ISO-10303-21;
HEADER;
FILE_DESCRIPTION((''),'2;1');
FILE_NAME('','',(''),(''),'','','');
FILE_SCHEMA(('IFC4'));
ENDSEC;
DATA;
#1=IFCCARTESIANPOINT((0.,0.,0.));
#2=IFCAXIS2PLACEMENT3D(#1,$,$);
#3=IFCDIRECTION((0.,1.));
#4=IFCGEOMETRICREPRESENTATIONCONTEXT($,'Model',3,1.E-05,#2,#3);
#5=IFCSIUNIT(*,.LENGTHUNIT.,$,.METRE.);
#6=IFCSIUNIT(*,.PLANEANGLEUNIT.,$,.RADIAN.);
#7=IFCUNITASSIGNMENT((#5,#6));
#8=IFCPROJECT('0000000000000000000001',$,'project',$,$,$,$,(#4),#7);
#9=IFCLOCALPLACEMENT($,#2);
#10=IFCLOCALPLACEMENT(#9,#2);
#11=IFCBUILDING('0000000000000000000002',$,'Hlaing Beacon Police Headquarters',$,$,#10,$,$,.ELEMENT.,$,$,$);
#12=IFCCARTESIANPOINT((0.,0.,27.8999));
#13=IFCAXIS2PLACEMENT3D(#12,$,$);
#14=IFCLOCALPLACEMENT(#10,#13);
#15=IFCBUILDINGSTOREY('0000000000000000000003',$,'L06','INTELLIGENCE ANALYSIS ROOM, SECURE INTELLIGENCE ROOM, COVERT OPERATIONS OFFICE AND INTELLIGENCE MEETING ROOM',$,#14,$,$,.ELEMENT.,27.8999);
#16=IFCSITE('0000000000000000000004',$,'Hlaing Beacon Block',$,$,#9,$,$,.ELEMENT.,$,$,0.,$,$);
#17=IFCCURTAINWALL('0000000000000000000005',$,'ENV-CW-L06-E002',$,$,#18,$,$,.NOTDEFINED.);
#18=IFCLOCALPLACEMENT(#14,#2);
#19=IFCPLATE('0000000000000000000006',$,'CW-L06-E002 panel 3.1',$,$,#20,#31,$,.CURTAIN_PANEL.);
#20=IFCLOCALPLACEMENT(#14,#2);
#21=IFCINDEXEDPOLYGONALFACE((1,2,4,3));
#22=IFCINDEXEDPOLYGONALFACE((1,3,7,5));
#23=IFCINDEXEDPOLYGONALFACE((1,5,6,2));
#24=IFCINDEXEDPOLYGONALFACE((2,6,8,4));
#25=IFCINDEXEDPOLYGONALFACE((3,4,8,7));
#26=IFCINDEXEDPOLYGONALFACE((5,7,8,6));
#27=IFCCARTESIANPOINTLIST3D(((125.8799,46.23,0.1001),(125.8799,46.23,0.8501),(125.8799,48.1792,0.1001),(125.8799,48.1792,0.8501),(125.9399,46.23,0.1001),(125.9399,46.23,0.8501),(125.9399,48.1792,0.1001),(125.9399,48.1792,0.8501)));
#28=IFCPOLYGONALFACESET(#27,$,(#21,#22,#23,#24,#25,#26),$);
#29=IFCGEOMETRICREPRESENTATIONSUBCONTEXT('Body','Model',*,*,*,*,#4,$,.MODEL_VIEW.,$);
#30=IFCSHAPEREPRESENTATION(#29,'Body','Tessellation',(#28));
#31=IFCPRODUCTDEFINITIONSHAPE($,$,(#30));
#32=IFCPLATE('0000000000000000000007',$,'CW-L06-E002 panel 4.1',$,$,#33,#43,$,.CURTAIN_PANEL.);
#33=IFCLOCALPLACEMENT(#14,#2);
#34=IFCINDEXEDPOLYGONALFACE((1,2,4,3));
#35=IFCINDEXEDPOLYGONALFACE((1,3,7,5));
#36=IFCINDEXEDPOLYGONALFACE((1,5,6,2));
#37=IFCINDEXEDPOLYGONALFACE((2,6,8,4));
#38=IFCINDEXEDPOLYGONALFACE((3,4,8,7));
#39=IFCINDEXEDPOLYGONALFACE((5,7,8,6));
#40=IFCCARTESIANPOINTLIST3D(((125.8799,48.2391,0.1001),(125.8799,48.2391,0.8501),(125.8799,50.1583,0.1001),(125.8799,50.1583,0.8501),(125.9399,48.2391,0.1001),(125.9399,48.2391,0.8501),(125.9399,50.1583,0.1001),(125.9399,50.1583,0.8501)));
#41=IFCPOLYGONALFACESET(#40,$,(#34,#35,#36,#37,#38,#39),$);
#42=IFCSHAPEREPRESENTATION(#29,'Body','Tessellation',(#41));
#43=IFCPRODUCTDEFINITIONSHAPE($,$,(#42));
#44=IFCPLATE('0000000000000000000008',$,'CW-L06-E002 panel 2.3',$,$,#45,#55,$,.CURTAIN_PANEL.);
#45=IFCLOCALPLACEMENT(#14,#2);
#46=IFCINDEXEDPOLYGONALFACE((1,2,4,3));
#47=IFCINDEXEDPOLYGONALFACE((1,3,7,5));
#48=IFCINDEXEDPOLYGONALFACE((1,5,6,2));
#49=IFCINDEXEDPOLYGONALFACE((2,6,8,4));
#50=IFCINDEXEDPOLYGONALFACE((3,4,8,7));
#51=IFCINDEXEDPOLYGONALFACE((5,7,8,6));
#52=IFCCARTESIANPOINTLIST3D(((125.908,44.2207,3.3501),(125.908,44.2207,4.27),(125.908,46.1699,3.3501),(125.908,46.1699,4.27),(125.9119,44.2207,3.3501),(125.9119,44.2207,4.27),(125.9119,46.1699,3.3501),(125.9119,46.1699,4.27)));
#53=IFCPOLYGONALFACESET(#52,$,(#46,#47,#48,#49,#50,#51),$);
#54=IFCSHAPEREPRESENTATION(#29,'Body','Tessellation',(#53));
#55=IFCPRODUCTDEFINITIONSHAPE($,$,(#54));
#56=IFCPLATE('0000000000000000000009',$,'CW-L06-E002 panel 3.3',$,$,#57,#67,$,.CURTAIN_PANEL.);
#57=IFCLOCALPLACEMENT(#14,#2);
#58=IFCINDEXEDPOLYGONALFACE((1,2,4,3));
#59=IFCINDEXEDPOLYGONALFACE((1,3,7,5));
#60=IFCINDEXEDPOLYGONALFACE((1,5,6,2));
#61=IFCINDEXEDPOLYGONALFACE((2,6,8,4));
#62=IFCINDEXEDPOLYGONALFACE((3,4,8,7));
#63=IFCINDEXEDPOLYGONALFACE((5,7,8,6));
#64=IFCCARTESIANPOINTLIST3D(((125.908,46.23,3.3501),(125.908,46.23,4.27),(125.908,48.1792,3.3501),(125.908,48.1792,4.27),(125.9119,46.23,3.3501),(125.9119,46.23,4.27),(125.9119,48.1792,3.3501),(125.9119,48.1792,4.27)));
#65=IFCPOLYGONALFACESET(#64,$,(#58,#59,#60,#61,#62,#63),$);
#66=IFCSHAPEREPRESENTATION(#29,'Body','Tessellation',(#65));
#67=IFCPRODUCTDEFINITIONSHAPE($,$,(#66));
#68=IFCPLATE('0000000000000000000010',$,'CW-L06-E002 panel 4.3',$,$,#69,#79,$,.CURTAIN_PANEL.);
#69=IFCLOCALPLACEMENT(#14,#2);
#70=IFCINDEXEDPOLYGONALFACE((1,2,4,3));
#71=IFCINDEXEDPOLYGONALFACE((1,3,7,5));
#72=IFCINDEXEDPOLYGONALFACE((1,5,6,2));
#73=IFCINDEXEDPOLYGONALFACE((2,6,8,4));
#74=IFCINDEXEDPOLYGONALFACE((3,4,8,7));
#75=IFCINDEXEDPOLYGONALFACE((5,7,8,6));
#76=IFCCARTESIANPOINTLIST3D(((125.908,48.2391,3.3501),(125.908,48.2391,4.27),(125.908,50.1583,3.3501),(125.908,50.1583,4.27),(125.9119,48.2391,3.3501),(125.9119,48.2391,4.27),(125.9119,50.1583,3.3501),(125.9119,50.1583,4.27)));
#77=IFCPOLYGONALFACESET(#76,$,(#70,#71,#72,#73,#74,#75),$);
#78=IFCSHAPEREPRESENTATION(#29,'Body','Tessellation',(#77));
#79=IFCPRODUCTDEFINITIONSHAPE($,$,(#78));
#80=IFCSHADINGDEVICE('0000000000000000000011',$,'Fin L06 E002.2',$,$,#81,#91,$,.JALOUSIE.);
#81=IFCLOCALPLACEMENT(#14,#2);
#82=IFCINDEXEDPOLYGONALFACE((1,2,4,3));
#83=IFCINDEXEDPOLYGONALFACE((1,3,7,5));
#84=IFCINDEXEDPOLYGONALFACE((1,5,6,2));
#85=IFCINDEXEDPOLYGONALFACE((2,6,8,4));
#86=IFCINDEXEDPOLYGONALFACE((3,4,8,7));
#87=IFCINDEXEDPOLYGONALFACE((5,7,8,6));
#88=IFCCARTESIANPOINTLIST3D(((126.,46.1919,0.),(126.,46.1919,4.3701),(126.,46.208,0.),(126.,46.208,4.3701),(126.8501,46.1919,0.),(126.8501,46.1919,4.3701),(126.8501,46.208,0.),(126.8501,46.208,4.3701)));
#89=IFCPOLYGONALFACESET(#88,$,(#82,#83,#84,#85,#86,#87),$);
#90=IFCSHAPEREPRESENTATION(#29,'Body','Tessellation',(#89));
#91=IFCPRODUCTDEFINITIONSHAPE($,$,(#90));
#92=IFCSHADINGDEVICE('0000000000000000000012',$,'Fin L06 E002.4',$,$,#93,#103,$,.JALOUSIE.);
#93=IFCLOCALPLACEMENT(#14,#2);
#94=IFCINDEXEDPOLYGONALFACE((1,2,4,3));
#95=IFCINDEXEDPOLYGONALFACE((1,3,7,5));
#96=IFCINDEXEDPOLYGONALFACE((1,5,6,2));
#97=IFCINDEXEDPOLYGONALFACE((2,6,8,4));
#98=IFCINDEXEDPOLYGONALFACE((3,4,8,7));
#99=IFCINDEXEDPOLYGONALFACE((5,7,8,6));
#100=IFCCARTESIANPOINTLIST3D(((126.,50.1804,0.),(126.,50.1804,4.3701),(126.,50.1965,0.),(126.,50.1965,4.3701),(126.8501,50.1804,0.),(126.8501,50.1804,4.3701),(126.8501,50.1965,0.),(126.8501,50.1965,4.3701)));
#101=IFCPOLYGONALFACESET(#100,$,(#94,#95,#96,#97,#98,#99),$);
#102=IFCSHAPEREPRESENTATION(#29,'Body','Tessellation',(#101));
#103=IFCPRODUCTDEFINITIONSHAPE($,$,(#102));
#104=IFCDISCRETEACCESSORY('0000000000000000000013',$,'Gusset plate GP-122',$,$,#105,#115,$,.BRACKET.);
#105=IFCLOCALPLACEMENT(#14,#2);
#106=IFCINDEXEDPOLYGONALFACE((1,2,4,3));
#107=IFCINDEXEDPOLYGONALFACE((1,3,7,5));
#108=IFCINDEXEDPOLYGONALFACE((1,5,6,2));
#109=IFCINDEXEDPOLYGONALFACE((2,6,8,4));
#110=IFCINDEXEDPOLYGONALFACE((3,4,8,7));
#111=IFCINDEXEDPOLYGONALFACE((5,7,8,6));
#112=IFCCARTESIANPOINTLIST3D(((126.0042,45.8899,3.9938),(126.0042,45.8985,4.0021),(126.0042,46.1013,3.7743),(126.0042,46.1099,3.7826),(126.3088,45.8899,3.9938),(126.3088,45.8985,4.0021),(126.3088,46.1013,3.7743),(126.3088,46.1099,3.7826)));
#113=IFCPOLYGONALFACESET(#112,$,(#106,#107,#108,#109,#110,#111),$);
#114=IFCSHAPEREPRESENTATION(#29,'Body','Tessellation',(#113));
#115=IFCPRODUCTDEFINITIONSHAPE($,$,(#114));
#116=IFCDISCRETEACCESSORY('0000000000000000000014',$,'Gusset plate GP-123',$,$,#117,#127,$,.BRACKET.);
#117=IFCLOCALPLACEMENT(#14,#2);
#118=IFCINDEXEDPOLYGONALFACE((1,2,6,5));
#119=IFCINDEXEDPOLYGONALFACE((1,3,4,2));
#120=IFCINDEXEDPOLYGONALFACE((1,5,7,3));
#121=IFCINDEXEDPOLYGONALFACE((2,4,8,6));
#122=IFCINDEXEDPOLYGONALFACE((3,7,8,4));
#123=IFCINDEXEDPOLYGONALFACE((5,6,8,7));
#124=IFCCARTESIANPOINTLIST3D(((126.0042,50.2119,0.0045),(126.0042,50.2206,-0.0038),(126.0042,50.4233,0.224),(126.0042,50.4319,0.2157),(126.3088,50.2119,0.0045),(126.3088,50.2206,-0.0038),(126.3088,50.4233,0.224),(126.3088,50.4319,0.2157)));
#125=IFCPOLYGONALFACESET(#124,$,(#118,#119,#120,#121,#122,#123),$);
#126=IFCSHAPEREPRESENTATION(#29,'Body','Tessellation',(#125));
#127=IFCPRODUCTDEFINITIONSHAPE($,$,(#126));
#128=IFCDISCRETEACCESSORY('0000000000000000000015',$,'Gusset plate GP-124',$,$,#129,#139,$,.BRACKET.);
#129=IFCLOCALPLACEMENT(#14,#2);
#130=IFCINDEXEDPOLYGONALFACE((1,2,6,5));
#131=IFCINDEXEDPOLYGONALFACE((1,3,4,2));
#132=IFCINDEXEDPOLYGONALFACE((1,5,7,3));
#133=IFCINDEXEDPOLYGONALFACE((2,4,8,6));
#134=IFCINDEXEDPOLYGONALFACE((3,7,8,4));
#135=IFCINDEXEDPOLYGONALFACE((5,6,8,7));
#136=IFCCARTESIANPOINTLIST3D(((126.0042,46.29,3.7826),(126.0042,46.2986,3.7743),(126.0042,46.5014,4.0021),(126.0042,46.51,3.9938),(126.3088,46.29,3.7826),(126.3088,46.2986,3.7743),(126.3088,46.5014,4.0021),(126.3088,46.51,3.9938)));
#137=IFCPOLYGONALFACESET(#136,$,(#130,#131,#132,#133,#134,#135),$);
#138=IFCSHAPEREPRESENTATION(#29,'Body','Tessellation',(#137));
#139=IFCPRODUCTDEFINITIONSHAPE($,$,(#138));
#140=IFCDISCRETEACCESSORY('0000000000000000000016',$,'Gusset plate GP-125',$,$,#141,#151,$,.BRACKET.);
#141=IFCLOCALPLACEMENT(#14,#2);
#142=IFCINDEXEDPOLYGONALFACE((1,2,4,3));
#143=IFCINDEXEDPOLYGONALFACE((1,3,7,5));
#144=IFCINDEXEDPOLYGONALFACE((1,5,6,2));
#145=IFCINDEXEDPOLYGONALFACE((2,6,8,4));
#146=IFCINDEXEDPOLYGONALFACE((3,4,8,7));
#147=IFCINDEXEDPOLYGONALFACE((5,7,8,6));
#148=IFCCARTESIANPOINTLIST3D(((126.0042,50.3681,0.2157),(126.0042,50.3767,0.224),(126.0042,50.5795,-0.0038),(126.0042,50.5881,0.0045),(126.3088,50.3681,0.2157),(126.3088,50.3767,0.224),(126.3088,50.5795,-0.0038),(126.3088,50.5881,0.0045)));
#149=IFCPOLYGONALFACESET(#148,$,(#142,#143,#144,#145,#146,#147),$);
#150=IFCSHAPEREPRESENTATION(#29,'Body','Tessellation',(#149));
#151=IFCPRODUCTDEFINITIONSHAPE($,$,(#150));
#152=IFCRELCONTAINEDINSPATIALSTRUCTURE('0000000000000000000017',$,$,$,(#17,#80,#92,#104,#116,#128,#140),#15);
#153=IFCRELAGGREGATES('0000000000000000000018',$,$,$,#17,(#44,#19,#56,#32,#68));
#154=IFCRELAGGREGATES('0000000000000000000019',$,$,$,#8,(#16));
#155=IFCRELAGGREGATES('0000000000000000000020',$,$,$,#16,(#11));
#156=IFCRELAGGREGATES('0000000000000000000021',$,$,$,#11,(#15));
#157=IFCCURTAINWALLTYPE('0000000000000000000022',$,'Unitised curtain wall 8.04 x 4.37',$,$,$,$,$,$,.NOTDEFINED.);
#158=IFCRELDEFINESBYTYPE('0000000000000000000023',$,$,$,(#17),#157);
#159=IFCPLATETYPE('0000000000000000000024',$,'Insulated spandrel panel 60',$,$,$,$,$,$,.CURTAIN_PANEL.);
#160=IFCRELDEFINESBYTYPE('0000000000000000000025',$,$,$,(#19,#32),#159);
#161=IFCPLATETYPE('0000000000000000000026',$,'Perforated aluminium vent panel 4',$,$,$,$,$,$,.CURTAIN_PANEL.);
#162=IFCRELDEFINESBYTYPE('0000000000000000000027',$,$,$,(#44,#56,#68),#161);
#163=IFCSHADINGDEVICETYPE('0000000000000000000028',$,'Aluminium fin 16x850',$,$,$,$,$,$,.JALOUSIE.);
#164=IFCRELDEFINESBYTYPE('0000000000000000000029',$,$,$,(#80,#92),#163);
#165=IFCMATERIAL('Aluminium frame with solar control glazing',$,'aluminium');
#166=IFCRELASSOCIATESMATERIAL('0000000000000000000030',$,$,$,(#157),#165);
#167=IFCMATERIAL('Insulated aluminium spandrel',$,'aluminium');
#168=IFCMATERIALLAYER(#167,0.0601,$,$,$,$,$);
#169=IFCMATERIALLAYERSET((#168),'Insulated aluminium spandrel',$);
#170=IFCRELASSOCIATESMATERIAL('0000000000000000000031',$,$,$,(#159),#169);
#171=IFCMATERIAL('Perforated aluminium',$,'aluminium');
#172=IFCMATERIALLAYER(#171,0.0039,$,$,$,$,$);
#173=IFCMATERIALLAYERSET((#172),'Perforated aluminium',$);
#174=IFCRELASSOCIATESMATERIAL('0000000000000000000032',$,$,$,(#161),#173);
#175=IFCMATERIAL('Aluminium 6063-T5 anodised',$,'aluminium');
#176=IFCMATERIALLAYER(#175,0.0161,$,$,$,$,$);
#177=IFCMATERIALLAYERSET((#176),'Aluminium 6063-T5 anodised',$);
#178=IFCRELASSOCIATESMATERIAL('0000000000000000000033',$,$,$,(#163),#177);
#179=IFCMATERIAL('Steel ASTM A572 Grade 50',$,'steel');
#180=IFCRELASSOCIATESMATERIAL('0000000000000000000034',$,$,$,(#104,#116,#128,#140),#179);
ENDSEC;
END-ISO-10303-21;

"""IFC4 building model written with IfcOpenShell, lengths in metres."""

from ifc_helpers import new_model, si_unit, direction, frame, origin, origin_2d, place, context, subcontext, project, spatial, rectangle, extrude, material, layer, layer_set, type_object, element, aggregate, save


model = new_model("IFC4")

# Units and contexts
model_context = context("Model", 3, precision=1e-05, world=origin(), true_north=direction((0.0, 1.0)))
body_context = subcontext(model_context, "Body", "Model", "MODEL_VIEW")
ifc_project = project(units=[si_unit("LENGTHUNIT", "METRE"), si_unit("PLANEANGLEUNIT", "RADIAN")], contexts=[model_context])

# Site, building, storey
site_placement = place(None, origin())
site = spatial("IfcSite", under=ifc_project, at=site_placement, Name="Hlaing Beacon Block", CompositionType="ELEMENT", RefElevation=0.0)
building_placement = place(site_placement, origin())
building = spatial("IfcBuilding", under=site, at=building_placement, Name="Hlaing Beacon Police Headquarters", CompositionType="ELEMENT")
storey_placement = place(building_placement, frame((0.0, 0.0, 27.8999)))
storey = spatial("IfcBuildingStorey", under=building, at=storey_placement, Name="L06", Description="INTELLIGENCE ANALYSIS ROOM, SECURE INTELLIGENCE ROOM, COVERT OPERATIONS OFFICE AND INTELLIGENCE MEETING ROOM", CompositionType="ELEMENT", Elevation=27.8999)

# Curtain wall, plates
ifc_material_1 = material(Name="Aluminium frame with solar control glazing", Category="aluminium")
curtain_wall_type = type_object("IfcCurtainWallType", Name="Unitised curtain wall 8.04 x 4.37", PredefinedType="NOTDEFINED", material=ifc_material_1)
curtain_wall_placement = place(storey_placement, origin())
curtain_wall = element("IfcCurtainWall", 1, at=curtain_wall_placement, inside=storey, type_object=curtain_wall_type, Name="ENV-CW-L06-E002", PredefinedType="NOTDEFINED")
ifc_material_2 = material(Name="Insulated aluminium spandrel", Category="aluminium")
ifc_layer_1 = layer(ifc_material_2, 0.0601)
ifc_layer_set_1 = layer_set([ifc_layer_1], Name="Insulated aluminium spandrel")
plate_type_1 = type_object("IfcPlateType", Name="Insulated spandrel panel 60", PredefinedType="CURTAIN_PANEL", material=ifc_layer_set_1)
plate_1_placement = place(storey_placement, frame((125.9099, 47.2046, 0.1001), z_axis=(0.0, 0.0, 1.0), x_axis=(0.0, 1.0, 0.0)))
plate_1 = element("IfcPlate", 2, at=plate_1_placement, type_object=plate_type_1, Name="CW-L06-E002 panel 3.1", PredefinedType="CURTAIN_PANEL", context=body_context, shape_type="SweptSolid", body=[
    extrude(rectangle(XDim=1.9492, YDim=0.0601, at=origin_2d()), origin(), (0.0, 0.0, 1.0), 0.75),
])
plate_2_placement = place(storey_placement, frame((125.9099, 49.1987, 0.1001), z_axis=(0.0, 0.0, 1.0), x_axis=(0.0, 1.0, 0.0)))
plate_2 = element("IfcPlate", 3, at=plate_2_placement, type_object=plate_type_1, Name="CW-L06-E002 panel 4.1", PredefinedType="CURTAIN_PANEL", context=body_context, shape_type="SweptSolid", body=[
    extrude(rectangle(XDim=1.9192, YDim=0.0601, at=origin_2d()), origin(), (0.0, 0.0, 1.0), 0.75),
])
ifc_material_3 = material(Name="Perforated aluminium", Category="aluminium")
ifc_layer_2 = layer(ifc_material_3, 0.0039)
ifc_layer_set_2 = layer_set([ifc_layer_2], Name="Perforated aluminium")
plate_type_2 = type_object("IfcPlateType", Name="Perforated aluminium vent panel 4", PredefinedType="CURTAIN_PANEL", material=ifc_layer_set_2)
plate_3_placement = place(storey_placement, frame((125.9099, 45.1953, 3.3501), z_axis=(0.0, 0.0, 1.0), x_axis=(0.0, 1.0, 0.0)))
plate_3 = element("IfcPlate", 4, at=plate_3_placement, type_object=plate_type_2, Name="CW-L06-E002 panel 2.3", PredefinedType="CURTAIN_PANEL", context=body_context, shape_type="SweptSolid", body=[
    extrude(rectangle(XDim=1.9492, YDim=0.0039, at=origin_2d()), origin(), (0.0, 0.0, 1.0), 0.9199),
])
plate_4_placement = place(storey_placement, frame((125.9099, 47.2046, 3.3501), z_axis=(0.0, 0.0, 1.0), x_axis=(0.0, 1.0, 0.0)))
plate_4 = element("IfcPlate", 5, at=plate_4_placement, type_object=plate_type_2, Name="CW-L06-E002 panel 3.3", PredefinedType="CURTAIN_PANEL", context=body_context, shape_type="SweptSolid", body=[
    extrude(rectangle(XDim=1.9492, YDim=0.0039, at=origin_2d()), origin(), (0.0, 0.0, 1.0), 0.9199),
])
plate_5_placement = place(storey_placement, frame((125.9099, 49.1987, 3.3501), z_axis=(0.0, 0.0, 1.0), x_axis=(0.0, 1.0, 0.0)))
plate_5 = element("IfcPlate", 6, at=plate_5_placement, type_object=plate_type_2, Name="CW-L06-E002 panel 4.3", PredefinedType="CURTAIN_PANEL", context=body_context, shape_type="SweptSolid", body=[
    extrude(rectangle(XDim=1.9192, YDim=0.0039, at=origin_2d()), origin(), (0.0, 0.0, 1.0), 0.9199),
])
aggregate(curtain_wall, [plate_3, plate_1, plate_4, plate_2, plate_5])

# Shading devices
ifc_material_4 = material(Name="Aluminium 6063-T5 anodised", Category="aluminium")
ifc_layer_3 = layer(ifc_material_4, 0.0161)
ifc_layer_set_3 = layer_set([ifc_layer_3], Name="Aluminium 6063-T5 anodised")
shading_device_type = type_object("IfcShadingDeviceType", Name="Aluminium fin 16x850", PredefinedType="JALOUSIE", material=ifc_layer_set_3)
for number, where, z_axis, x_axis, name in (
    (7, (126.425, 46.2, 0.0), (0.0, 0.0, 1.0), (0.0, 1.0, 0.0), "Fin L06 E002.2"),
    (8, (126.425, 50.1885, 0.0), (0.0, 0.0, 1.0), (0.0, 1.0, 0.0), "Fin L06 E002.4"),
):
    element("IfcShadingDevice", number, at=place(storey_placement, frame(where, z_axis=z_axis, x_axis=x_axis)), inside=storey, type_object=shading_device_type, Name=name, PredefinedType="JALOUSIE", context=body_context, shape_type="SweptSolid", body=[
        extrude(rectangle(XDim=0.0161, YDim=0.8501, at=origin_2d()), origin(), (0.0, 0.0, 1.0), 4.3701),
    ])

# Discrete accessories
ifc_material_5 = material(Name="Steel ASTM A572 Grade 50", Category="steel")
for number, where, z_axis, x_axis, name in (
    (9, (126.1565, 45.9956, 3.884), (0.0, 0.720208, 0.693758), (-1.0, 0.0, 0.0), "Gusset plate GP-122"),
    (10, (126.1565, 50.3176, 0.1143), (0.0, 0.720208, -0.693758), (-1.0, 0.0, 0.0), "Gusset plate GP-123"),
    (11, (126.1565, 46.4043, 3.884), (0.0, -0.720208, 0.693758), (1.0, 0.0, 0.0), "Gusset plate GP-124"),
    (12, (126.1565, 50.4824, 0.1143), (0.0, -0.720187, -0.69378), (1.0, 0.0, 0.0), "Gusset plate GP-125"),
):
    element("IfcDiscreteAccessory", number, at=place(storey_placement, frame(where, z_axis=z_axis, x_axis=x_axis)), inside=storey, material=ifc_material_5, Name=name, PredefinedType="BRACKET", context=body_context, shape_type="SweptSolid", body=[
        extrude(rectangle(XDim=0.3047, YDim=0.3047, at=origin_2d()), origin(), (0.0, 0.0, 1.0), 0.012),
    ])

save(model, "model.ifc")
